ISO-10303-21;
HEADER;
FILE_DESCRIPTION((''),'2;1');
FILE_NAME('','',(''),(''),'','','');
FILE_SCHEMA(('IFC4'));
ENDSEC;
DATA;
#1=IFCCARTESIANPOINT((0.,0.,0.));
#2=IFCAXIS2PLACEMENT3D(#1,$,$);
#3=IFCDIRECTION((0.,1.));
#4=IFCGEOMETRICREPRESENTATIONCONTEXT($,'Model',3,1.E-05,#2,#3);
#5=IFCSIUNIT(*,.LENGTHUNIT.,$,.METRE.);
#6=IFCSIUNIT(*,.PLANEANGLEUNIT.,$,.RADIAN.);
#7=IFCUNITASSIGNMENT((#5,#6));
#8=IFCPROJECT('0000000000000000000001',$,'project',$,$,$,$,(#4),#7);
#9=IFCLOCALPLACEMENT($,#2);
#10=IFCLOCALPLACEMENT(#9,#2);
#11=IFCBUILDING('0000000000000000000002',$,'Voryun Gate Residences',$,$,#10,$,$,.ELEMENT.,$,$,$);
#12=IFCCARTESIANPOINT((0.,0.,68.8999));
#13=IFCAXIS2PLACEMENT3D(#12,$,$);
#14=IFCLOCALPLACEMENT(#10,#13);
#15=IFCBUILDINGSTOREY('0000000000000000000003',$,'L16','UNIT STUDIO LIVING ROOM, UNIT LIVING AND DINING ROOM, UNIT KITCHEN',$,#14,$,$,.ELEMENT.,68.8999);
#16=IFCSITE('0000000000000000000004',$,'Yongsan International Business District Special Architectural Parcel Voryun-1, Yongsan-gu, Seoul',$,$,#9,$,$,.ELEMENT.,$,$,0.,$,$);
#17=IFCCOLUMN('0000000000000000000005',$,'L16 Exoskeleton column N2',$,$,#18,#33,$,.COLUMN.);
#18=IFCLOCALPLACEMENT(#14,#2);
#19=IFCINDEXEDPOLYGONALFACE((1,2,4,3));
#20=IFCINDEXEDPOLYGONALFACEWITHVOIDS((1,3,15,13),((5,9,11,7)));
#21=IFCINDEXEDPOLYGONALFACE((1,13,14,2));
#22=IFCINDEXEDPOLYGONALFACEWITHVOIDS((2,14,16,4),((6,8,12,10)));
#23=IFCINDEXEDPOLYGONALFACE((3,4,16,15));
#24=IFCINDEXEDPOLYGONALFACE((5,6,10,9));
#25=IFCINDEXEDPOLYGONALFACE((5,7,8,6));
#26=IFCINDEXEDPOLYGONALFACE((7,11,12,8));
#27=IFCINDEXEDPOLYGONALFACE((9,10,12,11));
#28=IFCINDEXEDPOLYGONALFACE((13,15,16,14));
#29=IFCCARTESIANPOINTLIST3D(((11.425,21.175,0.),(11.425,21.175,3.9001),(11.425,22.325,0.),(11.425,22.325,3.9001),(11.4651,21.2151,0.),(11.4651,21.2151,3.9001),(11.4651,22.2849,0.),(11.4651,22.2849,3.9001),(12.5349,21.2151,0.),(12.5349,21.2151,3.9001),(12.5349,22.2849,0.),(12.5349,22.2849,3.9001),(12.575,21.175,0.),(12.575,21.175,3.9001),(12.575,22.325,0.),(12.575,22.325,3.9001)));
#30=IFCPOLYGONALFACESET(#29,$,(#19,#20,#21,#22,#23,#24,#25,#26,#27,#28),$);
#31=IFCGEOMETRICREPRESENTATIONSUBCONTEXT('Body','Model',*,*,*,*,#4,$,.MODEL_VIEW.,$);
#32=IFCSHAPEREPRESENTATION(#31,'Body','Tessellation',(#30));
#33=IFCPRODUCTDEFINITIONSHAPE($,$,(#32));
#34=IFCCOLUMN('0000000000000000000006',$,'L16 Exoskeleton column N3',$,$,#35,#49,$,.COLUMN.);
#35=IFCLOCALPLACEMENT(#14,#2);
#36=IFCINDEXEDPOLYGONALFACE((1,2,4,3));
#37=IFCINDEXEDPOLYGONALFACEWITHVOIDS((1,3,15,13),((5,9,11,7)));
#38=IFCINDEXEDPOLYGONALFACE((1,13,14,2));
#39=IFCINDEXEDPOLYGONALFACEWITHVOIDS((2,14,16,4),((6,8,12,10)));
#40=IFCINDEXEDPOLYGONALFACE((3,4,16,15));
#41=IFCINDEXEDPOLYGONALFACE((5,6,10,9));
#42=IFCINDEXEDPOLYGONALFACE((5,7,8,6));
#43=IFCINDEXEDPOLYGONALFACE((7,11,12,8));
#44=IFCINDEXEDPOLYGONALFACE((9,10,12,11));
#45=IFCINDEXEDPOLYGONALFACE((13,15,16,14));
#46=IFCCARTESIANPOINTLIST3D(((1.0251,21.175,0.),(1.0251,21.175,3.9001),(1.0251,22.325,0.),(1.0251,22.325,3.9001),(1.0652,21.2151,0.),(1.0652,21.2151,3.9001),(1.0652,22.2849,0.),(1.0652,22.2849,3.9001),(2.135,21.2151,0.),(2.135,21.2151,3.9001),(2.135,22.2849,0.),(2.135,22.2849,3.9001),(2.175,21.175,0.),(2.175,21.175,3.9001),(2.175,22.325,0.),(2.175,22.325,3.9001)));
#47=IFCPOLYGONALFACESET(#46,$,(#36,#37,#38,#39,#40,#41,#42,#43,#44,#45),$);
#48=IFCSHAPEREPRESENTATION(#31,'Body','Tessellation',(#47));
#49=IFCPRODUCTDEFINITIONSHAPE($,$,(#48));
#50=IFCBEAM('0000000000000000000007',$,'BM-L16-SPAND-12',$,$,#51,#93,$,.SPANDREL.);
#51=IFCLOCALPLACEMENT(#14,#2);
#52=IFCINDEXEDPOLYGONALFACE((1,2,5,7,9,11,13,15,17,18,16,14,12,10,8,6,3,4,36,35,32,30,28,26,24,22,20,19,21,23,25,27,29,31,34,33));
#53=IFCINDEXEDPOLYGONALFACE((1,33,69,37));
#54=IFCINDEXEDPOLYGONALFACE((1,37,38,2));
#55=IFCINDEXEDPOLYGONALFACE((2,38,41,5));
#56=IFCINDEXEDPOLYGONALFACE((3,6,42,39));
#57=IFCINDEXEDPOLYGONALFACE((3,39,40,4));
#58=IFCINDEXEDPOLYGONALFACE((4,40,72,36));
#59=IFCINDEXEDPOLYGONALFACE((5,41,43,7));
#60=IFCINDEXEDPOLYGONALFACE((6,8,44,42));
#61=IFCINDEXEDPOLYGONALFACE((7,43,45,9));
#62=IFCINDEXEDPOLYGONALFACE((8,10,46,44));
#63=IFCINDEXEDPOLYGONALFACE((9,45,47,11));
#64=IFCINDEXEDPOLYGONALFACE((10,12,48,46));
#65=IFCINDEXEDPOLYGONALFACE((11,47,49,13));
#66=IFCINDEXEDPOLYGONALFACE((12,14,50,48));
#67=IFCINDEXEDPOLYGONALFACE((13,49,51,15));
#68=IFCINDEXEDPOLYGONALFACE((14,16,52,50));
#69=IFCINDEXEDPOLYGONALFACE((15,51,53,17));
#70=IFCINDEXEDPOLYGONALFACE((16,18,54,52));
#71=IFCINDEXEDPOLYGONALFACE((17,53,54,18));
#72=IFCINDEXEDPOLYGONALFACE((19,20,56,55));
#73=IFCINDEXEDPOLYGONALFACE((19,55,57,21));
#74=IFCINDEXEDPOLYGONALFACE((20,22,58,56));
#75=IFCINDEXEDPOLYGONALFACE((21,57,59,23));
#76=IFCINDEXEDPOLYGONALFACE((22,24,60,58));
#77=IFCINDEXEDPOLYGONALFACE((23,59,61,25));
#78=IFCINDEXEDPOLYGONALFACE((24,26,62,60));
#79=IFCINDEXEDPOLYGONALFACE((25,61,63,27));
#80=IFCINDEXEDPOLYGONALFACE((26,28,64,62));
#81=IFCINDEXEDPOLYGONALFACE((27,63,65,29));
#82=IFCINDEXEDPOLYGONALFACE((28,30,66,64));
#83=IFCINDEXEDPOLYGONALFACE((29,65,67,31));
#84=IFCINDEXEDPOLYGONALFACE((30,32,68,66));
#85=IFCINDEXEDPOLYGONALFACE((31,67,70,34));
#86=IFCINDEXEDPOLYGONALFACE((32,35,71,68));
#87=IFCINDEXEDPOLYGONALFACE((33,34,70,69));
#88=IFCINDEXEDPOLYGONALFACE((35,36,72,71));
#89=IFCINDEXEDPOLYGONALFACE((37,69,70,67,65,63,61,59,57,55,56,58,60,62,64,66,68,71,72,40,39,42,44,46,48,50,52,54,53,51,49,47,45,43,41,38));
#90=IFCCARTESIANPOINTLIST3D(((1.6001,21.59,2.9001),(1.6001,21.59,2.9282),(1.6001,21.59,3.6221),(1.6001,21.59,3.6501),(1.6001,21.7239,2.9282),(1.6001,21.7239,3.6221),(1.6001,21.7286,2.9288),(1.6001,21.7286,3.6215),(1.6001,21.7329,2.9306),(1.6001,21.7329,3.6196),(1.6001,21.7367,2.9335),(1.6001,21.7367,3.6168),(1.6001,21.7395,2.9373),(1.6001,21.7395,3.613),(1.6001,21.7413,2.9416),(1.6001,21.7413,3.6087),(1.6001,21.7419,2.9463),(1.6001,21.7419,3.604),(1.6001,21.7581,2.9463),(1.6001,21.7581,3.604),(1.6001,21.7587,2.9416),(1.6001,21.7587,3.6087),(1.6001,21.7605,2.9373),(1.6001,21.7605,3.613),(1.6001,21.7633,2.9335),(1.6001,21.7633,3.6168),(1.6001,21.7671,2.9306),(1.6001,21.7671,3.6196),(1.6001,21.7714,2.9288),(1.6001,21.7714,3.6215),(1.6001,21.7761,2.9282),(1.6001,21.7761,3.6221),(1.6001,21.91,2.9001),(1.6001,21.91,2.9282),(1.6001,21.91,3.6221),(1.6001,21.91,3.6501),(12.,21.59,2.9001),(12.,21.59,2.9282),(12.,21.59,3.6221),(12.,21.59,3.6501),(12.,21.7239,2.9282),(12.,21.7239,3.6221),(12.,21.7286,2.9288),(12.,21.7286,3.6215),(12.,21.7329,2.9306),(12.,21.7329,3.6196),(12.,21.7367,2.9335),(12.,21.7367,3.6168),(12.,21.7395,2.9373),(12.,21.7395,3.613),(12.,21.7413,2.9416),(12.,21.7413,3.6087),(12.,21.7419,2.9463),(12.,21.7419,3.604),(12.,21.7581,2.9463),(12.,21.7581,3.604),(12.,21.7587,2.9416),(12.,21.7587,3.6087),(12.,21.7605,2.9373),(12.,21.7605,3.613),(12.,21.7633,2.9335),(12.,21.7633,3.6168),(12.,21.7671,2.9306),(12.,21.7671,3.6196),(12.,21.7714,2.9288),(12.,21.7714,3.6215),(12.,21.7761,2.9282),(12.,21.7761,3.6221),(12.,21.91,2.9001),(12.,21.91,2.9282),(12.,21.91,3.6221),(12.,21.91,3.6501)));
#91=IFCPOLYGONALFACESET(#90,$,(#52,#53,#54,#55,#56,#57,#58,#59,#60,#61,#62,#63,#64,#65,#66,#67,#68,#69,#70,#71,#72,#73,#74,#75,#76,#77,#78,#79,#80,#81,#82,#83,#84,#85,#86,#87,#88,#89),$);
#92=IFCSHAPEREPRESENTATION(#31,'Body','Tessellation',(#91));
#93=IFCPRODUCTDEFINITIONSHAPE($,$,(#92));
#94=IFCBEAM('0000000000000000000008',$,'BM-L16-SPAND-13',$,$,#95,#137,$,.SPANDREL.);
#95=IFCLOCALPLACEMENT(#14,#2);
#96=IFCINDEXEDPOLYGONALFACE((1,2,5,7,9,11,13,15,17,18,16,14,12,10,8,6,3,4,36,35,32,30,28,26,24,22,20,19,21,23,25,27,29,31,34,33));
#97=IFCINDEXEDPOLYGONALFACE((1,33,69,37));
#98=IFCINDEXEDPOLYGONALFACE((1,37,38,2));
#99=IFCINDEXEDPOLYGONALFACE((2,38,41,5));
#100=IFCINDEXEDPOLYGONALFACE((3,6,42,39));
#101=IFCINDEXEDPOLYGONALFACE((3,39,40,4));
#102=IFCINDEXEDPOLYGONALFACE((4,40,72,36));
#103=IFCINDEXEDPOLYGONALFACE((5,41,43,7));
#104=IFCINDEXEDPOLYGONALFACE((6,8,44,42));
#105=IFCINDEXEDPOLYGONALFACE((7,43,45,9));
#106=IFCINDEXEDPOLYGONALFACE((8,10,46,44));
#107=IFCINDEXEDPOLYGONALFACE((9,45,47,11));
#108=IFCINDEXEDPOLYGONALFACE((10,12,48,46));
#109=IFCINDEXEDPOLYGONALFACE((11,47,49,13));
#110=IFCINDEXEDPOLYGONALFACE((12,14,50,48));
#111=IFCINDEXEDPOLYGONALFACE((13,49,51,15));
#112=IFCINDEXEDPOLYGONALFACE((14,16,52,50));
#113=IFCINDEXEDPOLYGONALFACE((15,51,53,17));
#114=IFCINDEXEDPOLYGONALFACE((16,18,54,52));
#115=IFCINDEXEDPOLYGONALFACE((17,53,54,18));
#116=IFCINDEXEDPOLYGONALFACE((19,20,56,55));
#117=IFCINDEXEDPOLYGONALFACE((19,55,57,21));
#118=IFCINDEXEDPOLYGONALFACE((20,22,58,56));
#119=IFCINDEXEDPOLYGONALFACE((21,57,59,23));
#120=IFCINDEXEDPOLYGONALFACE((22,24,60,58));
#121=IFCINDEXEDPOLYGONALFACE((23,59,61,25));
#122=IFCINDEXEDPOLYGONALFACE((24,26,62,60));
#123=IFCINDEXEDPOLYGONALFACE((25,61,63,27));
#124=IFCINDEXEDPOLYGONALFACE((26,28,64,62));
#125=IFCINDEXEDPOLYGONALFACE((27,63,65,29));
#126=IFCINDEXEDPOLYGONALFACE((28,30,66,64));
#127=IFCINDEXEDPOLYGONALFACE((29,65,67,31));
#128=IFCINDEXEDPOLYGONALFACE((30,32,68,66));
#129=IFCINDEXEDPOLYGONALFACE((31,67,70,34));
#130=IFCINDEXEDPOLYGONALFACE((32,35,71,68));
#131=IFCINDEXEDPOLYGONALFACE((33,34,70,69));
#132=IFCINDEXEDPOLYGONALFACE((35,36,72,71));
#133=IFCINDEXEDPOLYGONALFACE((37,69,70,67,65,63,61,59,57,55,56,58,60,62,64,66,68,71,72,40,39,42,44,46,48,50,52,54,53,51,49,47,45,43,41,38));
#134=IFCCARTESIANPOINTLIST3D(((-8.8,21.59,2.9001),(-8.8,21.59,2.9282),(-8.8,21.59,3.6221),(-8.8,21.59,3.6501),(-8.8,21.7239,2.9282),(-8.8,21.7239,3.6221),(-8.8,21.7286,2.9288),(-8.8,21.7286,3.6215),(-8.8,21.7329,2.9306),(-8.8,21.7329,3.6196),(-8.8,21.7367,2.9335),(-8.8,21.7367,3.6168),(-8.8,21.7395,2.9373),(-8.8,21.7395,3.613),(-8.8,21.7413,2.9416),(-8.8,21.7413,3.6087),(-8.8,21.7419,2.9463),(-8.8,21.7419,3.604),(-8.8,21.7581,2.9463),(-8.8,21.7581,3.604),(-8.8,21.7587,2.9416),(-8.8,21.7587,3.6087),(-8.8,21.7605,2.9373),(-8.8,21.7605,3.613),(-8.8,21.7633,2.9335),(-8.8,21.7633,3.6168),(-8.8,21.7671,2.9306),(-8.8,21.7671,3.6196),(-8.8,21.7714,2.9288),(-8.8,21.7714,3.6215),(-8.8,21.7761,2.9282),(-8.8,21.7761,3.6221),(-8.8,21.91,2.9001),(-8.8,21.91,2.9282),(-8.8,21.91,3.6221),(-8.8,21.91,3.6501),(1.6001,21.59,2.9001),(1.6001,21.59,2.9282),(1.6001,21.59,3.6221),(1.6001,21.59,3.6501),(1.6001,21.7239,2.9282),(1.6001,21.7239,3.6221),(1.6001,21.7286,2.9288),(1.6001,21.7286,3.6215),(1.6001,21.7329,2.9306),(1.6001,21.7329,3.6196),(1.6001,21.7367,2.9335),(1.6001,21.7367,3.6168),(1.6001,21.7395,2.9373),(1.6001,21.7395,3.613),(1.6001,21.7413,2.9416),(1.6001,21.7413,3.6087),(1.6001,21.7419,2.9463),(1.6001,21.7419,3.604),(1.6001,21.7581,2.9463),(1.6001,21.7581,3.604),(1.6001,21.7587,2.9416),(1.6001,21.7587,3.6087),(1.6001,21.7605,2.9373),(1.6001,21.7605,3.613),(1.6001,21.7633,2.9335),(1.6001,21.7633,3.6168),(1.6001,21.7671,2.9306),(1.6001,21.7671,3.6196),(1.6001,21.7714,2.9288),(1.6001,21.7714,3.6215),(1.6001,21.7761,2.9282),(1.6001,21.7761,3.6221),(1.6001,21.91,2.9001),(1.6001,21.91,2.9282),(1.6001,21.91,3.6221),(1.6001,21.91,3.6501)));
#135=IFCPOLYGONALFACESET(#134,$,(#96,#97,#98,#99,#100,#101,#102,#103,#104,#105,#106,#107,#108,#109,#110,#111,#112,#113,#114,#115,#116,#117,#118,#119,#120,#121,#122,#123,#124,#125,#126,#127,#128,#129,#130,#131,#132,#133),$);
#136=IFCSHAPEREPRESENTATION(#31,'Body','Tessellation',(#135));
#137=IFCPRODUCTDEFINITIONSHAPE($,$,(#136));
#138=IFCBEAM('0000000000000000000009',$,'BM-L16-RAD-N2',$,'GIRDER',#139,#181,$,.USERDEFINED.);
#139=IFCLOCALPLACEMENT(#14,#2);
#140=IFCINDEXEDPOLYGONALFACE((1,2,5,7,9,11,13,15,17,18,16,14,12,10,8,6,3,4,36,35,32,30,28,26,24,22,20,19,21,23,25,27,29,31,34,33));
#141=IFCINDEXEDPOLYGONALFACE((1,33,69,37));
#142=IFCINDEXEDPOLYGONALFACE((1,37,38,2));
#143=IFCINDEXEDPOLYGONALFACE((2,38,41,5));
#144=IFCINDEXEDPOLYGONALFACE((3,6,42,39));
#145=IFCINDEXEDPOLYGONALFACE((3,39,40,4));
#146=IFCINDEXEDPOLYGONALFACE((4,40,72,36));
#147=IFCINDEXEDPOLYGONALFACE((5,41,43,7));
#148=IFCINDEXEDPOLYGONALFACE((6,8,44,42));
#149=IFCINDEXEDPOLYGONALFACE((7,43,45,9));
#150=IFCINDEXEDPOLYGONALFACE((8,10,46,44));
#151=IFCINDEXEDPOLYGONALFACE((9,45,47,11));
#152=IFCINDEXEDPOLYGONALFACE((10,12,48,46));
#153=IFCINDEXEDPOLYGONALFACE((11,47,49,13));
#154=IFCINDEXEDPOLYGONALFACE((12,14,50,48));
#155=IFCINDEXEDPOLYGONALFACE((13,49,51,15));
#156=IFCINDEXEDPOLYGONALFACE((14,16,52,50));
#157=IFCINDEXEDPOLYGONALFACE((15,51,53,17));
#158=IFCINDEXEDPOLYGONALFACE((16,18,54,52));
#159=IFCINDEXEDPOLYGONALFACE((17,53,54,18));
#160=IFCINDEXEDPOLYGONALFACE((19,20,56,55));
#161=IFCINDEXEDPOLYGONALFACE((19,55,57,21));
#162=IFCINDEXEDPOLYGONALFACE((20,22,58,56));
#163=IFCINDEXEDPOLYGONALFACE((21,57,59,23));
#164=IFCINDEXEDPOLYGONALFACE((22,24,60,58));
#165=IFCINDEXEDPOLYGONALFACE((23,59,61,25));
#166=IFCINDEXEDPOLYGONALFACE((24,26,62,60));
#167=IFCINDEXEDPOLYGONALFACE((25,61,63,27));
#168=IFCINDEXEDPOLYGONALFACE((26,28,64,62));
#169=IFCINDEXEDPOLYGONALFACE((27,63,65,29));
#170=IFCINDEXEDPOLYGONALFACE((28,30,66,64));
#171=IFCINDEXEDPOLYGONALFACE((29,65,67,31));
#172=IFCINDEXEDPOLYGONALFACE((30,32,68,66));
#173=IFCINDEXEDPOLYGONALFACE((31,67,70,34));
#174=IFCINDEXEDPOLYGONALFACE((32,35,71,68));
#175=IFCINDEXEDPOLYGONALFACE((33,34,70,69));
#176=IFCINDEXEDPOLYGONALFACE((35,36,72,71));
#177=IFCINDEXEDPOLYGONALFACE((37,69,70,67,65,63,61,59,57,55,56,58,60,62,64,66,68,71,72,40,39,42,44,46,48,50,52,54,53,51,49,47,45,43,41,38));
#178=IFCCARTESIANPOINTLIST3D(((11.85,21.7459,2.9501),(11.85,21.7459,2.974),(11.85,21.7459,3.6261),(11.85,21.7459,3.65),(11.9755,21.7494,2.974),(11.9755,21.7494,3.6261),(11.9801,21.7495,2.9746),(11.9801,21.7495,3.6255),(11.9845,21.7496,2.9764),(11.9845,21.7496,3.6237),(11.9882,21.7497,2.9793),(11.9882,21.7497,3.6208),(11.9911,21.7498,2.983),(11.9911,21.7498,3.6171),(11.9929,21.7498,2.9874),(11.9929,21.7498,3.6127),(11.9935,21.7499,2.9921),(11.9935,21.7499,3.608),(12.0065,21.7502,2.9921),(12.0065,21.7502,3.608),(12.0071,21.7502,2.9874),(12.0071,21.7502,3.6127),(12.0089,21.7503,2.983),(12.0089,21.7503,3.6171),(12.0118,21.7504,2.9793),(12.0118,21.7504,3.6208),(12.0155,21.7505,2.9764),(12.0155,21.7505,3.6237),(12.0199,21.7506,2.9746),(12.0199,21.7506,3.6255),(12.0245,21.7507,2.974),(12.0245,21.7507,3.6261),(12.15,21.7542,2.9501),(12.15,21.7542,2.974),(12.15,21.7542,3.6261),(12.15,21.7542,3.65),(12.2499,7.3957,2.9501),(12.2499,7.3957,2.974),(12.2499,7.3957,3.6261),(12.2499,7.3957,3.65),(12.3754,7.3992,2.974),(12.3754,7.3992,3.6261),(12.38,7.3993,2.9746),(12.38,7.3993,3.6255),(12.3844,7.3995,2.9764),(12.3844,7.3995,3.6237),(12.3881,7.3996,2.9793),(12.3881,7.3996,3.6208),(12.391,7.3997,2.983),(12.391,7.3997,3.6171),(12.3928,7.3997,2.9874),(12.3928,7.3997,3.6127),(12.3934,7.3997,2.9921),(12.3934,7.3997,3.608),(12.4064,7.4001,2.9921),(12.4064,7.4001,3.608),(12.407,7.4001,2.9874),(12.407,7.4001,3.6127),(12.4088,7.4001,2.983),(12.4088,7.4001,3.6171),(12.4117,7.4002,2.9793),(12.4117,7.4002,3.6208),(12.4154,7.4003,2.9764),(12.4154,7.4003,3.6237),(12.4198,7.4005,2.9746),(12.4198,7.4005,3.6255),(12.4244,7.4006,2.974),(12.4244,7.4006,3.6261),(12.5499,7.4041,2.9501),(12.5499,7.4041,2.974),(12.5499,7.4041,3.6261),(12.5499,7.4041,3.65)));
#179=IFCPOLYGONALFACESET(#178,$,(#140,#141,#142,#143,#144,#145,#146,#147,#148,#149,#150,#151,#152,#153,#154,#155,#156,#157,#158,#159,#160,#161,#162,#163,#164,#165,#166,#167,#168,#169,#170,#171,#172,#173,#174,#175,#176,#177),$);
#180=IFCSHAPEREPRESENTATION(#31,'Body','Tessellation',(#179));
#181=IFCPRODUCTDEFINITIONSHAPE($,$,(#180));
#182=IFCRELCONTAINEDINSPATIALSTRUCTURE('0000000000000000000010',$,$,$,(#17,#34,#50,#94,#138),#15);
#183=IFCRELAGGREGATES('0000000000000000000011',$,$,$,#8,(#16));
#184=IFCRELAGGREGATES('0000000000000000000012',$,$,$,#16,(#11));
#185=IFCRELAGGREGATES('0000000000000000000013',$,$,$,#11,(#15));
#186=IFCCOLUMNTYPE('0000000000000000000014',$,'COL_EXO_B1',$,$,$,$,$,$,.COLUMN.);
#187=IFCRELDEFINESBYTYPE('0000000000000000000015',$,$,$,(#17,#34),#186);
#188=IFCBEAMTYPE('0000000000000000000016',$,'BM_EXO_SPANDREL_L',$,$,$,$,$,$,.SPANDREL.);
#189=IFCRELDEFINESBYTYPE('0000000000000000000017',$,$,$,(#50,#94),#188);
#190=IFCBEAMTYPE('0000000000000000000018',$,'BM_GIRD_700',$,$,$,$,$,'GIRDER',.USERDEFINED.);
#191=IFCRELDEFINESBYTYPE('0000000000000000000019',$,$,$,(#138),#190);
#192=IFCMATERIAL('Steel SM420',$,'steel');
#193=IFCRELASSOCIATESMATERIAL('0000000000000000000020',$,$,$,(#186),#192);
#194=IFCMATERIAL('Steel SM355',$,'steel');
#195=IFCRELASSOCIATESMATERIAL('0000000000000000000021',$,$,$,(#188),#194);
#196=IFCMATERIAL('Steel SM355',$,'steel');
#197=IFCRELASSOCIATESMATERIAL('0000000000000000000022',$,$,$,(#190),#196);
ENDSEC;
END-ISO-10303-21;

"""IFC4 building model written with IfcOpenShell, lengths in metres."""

from ifc_helpers import new_model, si_unit, direction, frame, origin, origin_2d, place, context, subcontext, project, spatial, hollow_rectangle, i_section, extrude, material, material_profile, profile_set, type_object, element, save


model = new_model("IFC4")

# Units and contexts
model_context = context("Model", 3, precision=1e-05, world=origin(), true_north=direction((0.0, 1.0)))
body_context = subcontext(model_context, "Body", "Model", "MODEL_VIEW")
ifc_project = project(units=[si_unit("LENGTHUNIT", "METRE"), si_unit("PLANEANGLEUNIT", "RADIAN")], contexts=[model_context])

# Site, building, storey
site_placement = place(None, origin())
site = spatial("IfcSite", under=ifc_project, at=site_placement, Name="Yongsan International Business District Special Architectural Parcel Voryun-1, Yongsan-gu, Seoul", CompositionType="ELEMENT", RefElevation=0.0)
building_placement = place(site_placement, origin())
building = spatial("IfcBuilding", under=site, at=building_placement, Name="Voryun Gate Residences", CompositionType="ELEMENT")
storey_placement = place(building_placement, frame((0.0, 0.0, 68.8999)))
storey = spatial("IfcBuildingStorey", under=building, at=storey_placement, Name="L16", Description="UNIT STUDIO LIVING ROOM, UNIT LIVING AND DINING ROOM, UNIT KITCHEN", CompositionType="ELEMENT", Elevation=68.8999)

# Columns
ifc_material_1 = material(Name="Steel SM420", Category="steel")
ifc_material_profile_1 = material_profile(ifc_material_1, hollow_rectangle(XDim=1.1499, YDim=1.1499, WallThickness=0.04, at=origin_2d()), Name="BOX-1150x1150x40")
ifc_profile_set_1 = profile_set([ifc_material_profile_1], Name="Steel SM420")
column_type = type_object("IfcColumnType", Name="COL_EXO_B1", PredefinedType="COLUMN", material=ifc_profile_set_1)
for number, where, z_axis, x_axis, name in (
    (1, (12.0, 21.75, 0.0), (0.0, 0.0, 1.0), (1.0, 0.0, 0.0), "L16 Exoskeleton column N2"),
    (2, (1.6001, 21.75, 0.0), (0.0, 0.0, 1.0), (1.0, 0.0, 0.0), "L16 Exoskeleton column N3"),
):
    element("IfcColumn", number, at=place(storey_placement, frame(where, z_axis=z_axis, x_axis=x_axis)), inside=storey, type_object=column_type, Name=name, PredefinedType="COLUMN", context=body_context, shape_type="SweptSolid", body=[
        extrude(hollow_rectangle(XDim=1.1499, YDim=1.1499, WallThickness=0.04, at=origin_2d()), origin(), (0.0, 0.0, 1.0), 3.9001),
    ])

# Beams
ifc_material_2 = material(Name="Steel SM355", Category="steel")
ifc_material_profile_2 = material_profile(ifc_material_2, i_section(OverallWidth=0.3201, OverallDepth=0.75, WebThickness=0.0161, FlangeThickness=0.0281, FilletRadius=0.0181, at=origin_2d()), Name="H-750x320x16x28")
ifc_profile_set_2 = profile_set([ifc_material_profile_2], Name="Steel SM355")
beam_type_1 = type_object("IfcBeamType", Name="BM_EXO_SPANDREL_L", PredefinedType="SPANDREL", material=ifc_profile_set_2)
beam_1_placement = place(storey_placement, frame((12.0, 21.75, 3.2751), z_axis=(-1.0, 0.0, 0.0), x_axis=(0.0, -1.0, 0.0)))
element("IfcBeam", 3, at=beam_1_placement, inside=storey, type_object=beam_type_1, Name="BM-L16-SPAND-12", PredefinedType="SPANDREL", context=body_context, shape_type="SweptSolid", body=[
    extrude(i_section(OverallWidth=0.3201, OverallDepth=0.75, WebThickness=0.0161, FlangeThickness=0.0281, FilletRadius=0.0181, at=origin_2d()), origin(), (0.0, 0.0, 1.0), 10.3999),
])
beam_2_placement = place(storey_placement, frame((1.6001, 21.75, 3.2751), z_axis=(-1.0, 0.0, 0.0), x_axis=(0.0, -1.0, 0.0)))
element("IfcBeam", 4, at=beam_2_placement, inside=storey, type_object=beam_type_1, Name="BM-L16-SPAND-13", PredefinedType="SPANDREL", context=body_context, shape_type="SweptSolid", body=[
    extrude(i_section(OverallWidth=0.3201, OverallDepth=0.75, WebThickness=0.0161, FlangeThickness=0.0281, FilletRadius=0.0181, at=origin_2d()), origin(), (0.0, 0.0, 1.0), 10.4001),
])
ifc_material_3 = material(Name="Steel SM355", Category="steel")
ifc_material_profile_3 = material_profile(ifc_material_3, i_section(OverallWidth=0.3, OverallDepth=0.7, WebThickness=0.0129, FlangeThickness=0.0239, FilletRadius=0.0181, at=origin_2d()), Name="H-700x300x13x24")
ifc_profile_set_3 = profile_set([ifc_material_profile_3], Name="Steel SM355")
beam_type_2 = type_object("IfcBeamType", Name="BM_GIRD_700", ElementType="GIRDER", PredefinedType="USERDEFINED", material=ifc_profile_set_3)
beam_3_placement = place(storey_placement, frame((12.3999, 7.3999, 3.3), z_axis=(-0.027857, 0.999612, 0.0), x_axis=(-0.999612, -0.027857, 0.0)))
element("IfcBeam", 5, at=beam_3_placement, inside=storey, type_object=beam_type_2, Name="BM-L16-RAD-N2", ObjectType="GIRDER", PredefinedType="USERDEFINED", context=body_context, shape_type="SweptSolid", body=[
    extrude(i_section(OverallWidth=0.3, OverallDepth=0.7, WebThickness=0.0129, FlangeThickness=0.0239, FilletRadius=0.0181, at=origin_2d()), origin(), (0.0, 0.0, 1.0), 14.3557),
])

save(model, "model.ifc")
